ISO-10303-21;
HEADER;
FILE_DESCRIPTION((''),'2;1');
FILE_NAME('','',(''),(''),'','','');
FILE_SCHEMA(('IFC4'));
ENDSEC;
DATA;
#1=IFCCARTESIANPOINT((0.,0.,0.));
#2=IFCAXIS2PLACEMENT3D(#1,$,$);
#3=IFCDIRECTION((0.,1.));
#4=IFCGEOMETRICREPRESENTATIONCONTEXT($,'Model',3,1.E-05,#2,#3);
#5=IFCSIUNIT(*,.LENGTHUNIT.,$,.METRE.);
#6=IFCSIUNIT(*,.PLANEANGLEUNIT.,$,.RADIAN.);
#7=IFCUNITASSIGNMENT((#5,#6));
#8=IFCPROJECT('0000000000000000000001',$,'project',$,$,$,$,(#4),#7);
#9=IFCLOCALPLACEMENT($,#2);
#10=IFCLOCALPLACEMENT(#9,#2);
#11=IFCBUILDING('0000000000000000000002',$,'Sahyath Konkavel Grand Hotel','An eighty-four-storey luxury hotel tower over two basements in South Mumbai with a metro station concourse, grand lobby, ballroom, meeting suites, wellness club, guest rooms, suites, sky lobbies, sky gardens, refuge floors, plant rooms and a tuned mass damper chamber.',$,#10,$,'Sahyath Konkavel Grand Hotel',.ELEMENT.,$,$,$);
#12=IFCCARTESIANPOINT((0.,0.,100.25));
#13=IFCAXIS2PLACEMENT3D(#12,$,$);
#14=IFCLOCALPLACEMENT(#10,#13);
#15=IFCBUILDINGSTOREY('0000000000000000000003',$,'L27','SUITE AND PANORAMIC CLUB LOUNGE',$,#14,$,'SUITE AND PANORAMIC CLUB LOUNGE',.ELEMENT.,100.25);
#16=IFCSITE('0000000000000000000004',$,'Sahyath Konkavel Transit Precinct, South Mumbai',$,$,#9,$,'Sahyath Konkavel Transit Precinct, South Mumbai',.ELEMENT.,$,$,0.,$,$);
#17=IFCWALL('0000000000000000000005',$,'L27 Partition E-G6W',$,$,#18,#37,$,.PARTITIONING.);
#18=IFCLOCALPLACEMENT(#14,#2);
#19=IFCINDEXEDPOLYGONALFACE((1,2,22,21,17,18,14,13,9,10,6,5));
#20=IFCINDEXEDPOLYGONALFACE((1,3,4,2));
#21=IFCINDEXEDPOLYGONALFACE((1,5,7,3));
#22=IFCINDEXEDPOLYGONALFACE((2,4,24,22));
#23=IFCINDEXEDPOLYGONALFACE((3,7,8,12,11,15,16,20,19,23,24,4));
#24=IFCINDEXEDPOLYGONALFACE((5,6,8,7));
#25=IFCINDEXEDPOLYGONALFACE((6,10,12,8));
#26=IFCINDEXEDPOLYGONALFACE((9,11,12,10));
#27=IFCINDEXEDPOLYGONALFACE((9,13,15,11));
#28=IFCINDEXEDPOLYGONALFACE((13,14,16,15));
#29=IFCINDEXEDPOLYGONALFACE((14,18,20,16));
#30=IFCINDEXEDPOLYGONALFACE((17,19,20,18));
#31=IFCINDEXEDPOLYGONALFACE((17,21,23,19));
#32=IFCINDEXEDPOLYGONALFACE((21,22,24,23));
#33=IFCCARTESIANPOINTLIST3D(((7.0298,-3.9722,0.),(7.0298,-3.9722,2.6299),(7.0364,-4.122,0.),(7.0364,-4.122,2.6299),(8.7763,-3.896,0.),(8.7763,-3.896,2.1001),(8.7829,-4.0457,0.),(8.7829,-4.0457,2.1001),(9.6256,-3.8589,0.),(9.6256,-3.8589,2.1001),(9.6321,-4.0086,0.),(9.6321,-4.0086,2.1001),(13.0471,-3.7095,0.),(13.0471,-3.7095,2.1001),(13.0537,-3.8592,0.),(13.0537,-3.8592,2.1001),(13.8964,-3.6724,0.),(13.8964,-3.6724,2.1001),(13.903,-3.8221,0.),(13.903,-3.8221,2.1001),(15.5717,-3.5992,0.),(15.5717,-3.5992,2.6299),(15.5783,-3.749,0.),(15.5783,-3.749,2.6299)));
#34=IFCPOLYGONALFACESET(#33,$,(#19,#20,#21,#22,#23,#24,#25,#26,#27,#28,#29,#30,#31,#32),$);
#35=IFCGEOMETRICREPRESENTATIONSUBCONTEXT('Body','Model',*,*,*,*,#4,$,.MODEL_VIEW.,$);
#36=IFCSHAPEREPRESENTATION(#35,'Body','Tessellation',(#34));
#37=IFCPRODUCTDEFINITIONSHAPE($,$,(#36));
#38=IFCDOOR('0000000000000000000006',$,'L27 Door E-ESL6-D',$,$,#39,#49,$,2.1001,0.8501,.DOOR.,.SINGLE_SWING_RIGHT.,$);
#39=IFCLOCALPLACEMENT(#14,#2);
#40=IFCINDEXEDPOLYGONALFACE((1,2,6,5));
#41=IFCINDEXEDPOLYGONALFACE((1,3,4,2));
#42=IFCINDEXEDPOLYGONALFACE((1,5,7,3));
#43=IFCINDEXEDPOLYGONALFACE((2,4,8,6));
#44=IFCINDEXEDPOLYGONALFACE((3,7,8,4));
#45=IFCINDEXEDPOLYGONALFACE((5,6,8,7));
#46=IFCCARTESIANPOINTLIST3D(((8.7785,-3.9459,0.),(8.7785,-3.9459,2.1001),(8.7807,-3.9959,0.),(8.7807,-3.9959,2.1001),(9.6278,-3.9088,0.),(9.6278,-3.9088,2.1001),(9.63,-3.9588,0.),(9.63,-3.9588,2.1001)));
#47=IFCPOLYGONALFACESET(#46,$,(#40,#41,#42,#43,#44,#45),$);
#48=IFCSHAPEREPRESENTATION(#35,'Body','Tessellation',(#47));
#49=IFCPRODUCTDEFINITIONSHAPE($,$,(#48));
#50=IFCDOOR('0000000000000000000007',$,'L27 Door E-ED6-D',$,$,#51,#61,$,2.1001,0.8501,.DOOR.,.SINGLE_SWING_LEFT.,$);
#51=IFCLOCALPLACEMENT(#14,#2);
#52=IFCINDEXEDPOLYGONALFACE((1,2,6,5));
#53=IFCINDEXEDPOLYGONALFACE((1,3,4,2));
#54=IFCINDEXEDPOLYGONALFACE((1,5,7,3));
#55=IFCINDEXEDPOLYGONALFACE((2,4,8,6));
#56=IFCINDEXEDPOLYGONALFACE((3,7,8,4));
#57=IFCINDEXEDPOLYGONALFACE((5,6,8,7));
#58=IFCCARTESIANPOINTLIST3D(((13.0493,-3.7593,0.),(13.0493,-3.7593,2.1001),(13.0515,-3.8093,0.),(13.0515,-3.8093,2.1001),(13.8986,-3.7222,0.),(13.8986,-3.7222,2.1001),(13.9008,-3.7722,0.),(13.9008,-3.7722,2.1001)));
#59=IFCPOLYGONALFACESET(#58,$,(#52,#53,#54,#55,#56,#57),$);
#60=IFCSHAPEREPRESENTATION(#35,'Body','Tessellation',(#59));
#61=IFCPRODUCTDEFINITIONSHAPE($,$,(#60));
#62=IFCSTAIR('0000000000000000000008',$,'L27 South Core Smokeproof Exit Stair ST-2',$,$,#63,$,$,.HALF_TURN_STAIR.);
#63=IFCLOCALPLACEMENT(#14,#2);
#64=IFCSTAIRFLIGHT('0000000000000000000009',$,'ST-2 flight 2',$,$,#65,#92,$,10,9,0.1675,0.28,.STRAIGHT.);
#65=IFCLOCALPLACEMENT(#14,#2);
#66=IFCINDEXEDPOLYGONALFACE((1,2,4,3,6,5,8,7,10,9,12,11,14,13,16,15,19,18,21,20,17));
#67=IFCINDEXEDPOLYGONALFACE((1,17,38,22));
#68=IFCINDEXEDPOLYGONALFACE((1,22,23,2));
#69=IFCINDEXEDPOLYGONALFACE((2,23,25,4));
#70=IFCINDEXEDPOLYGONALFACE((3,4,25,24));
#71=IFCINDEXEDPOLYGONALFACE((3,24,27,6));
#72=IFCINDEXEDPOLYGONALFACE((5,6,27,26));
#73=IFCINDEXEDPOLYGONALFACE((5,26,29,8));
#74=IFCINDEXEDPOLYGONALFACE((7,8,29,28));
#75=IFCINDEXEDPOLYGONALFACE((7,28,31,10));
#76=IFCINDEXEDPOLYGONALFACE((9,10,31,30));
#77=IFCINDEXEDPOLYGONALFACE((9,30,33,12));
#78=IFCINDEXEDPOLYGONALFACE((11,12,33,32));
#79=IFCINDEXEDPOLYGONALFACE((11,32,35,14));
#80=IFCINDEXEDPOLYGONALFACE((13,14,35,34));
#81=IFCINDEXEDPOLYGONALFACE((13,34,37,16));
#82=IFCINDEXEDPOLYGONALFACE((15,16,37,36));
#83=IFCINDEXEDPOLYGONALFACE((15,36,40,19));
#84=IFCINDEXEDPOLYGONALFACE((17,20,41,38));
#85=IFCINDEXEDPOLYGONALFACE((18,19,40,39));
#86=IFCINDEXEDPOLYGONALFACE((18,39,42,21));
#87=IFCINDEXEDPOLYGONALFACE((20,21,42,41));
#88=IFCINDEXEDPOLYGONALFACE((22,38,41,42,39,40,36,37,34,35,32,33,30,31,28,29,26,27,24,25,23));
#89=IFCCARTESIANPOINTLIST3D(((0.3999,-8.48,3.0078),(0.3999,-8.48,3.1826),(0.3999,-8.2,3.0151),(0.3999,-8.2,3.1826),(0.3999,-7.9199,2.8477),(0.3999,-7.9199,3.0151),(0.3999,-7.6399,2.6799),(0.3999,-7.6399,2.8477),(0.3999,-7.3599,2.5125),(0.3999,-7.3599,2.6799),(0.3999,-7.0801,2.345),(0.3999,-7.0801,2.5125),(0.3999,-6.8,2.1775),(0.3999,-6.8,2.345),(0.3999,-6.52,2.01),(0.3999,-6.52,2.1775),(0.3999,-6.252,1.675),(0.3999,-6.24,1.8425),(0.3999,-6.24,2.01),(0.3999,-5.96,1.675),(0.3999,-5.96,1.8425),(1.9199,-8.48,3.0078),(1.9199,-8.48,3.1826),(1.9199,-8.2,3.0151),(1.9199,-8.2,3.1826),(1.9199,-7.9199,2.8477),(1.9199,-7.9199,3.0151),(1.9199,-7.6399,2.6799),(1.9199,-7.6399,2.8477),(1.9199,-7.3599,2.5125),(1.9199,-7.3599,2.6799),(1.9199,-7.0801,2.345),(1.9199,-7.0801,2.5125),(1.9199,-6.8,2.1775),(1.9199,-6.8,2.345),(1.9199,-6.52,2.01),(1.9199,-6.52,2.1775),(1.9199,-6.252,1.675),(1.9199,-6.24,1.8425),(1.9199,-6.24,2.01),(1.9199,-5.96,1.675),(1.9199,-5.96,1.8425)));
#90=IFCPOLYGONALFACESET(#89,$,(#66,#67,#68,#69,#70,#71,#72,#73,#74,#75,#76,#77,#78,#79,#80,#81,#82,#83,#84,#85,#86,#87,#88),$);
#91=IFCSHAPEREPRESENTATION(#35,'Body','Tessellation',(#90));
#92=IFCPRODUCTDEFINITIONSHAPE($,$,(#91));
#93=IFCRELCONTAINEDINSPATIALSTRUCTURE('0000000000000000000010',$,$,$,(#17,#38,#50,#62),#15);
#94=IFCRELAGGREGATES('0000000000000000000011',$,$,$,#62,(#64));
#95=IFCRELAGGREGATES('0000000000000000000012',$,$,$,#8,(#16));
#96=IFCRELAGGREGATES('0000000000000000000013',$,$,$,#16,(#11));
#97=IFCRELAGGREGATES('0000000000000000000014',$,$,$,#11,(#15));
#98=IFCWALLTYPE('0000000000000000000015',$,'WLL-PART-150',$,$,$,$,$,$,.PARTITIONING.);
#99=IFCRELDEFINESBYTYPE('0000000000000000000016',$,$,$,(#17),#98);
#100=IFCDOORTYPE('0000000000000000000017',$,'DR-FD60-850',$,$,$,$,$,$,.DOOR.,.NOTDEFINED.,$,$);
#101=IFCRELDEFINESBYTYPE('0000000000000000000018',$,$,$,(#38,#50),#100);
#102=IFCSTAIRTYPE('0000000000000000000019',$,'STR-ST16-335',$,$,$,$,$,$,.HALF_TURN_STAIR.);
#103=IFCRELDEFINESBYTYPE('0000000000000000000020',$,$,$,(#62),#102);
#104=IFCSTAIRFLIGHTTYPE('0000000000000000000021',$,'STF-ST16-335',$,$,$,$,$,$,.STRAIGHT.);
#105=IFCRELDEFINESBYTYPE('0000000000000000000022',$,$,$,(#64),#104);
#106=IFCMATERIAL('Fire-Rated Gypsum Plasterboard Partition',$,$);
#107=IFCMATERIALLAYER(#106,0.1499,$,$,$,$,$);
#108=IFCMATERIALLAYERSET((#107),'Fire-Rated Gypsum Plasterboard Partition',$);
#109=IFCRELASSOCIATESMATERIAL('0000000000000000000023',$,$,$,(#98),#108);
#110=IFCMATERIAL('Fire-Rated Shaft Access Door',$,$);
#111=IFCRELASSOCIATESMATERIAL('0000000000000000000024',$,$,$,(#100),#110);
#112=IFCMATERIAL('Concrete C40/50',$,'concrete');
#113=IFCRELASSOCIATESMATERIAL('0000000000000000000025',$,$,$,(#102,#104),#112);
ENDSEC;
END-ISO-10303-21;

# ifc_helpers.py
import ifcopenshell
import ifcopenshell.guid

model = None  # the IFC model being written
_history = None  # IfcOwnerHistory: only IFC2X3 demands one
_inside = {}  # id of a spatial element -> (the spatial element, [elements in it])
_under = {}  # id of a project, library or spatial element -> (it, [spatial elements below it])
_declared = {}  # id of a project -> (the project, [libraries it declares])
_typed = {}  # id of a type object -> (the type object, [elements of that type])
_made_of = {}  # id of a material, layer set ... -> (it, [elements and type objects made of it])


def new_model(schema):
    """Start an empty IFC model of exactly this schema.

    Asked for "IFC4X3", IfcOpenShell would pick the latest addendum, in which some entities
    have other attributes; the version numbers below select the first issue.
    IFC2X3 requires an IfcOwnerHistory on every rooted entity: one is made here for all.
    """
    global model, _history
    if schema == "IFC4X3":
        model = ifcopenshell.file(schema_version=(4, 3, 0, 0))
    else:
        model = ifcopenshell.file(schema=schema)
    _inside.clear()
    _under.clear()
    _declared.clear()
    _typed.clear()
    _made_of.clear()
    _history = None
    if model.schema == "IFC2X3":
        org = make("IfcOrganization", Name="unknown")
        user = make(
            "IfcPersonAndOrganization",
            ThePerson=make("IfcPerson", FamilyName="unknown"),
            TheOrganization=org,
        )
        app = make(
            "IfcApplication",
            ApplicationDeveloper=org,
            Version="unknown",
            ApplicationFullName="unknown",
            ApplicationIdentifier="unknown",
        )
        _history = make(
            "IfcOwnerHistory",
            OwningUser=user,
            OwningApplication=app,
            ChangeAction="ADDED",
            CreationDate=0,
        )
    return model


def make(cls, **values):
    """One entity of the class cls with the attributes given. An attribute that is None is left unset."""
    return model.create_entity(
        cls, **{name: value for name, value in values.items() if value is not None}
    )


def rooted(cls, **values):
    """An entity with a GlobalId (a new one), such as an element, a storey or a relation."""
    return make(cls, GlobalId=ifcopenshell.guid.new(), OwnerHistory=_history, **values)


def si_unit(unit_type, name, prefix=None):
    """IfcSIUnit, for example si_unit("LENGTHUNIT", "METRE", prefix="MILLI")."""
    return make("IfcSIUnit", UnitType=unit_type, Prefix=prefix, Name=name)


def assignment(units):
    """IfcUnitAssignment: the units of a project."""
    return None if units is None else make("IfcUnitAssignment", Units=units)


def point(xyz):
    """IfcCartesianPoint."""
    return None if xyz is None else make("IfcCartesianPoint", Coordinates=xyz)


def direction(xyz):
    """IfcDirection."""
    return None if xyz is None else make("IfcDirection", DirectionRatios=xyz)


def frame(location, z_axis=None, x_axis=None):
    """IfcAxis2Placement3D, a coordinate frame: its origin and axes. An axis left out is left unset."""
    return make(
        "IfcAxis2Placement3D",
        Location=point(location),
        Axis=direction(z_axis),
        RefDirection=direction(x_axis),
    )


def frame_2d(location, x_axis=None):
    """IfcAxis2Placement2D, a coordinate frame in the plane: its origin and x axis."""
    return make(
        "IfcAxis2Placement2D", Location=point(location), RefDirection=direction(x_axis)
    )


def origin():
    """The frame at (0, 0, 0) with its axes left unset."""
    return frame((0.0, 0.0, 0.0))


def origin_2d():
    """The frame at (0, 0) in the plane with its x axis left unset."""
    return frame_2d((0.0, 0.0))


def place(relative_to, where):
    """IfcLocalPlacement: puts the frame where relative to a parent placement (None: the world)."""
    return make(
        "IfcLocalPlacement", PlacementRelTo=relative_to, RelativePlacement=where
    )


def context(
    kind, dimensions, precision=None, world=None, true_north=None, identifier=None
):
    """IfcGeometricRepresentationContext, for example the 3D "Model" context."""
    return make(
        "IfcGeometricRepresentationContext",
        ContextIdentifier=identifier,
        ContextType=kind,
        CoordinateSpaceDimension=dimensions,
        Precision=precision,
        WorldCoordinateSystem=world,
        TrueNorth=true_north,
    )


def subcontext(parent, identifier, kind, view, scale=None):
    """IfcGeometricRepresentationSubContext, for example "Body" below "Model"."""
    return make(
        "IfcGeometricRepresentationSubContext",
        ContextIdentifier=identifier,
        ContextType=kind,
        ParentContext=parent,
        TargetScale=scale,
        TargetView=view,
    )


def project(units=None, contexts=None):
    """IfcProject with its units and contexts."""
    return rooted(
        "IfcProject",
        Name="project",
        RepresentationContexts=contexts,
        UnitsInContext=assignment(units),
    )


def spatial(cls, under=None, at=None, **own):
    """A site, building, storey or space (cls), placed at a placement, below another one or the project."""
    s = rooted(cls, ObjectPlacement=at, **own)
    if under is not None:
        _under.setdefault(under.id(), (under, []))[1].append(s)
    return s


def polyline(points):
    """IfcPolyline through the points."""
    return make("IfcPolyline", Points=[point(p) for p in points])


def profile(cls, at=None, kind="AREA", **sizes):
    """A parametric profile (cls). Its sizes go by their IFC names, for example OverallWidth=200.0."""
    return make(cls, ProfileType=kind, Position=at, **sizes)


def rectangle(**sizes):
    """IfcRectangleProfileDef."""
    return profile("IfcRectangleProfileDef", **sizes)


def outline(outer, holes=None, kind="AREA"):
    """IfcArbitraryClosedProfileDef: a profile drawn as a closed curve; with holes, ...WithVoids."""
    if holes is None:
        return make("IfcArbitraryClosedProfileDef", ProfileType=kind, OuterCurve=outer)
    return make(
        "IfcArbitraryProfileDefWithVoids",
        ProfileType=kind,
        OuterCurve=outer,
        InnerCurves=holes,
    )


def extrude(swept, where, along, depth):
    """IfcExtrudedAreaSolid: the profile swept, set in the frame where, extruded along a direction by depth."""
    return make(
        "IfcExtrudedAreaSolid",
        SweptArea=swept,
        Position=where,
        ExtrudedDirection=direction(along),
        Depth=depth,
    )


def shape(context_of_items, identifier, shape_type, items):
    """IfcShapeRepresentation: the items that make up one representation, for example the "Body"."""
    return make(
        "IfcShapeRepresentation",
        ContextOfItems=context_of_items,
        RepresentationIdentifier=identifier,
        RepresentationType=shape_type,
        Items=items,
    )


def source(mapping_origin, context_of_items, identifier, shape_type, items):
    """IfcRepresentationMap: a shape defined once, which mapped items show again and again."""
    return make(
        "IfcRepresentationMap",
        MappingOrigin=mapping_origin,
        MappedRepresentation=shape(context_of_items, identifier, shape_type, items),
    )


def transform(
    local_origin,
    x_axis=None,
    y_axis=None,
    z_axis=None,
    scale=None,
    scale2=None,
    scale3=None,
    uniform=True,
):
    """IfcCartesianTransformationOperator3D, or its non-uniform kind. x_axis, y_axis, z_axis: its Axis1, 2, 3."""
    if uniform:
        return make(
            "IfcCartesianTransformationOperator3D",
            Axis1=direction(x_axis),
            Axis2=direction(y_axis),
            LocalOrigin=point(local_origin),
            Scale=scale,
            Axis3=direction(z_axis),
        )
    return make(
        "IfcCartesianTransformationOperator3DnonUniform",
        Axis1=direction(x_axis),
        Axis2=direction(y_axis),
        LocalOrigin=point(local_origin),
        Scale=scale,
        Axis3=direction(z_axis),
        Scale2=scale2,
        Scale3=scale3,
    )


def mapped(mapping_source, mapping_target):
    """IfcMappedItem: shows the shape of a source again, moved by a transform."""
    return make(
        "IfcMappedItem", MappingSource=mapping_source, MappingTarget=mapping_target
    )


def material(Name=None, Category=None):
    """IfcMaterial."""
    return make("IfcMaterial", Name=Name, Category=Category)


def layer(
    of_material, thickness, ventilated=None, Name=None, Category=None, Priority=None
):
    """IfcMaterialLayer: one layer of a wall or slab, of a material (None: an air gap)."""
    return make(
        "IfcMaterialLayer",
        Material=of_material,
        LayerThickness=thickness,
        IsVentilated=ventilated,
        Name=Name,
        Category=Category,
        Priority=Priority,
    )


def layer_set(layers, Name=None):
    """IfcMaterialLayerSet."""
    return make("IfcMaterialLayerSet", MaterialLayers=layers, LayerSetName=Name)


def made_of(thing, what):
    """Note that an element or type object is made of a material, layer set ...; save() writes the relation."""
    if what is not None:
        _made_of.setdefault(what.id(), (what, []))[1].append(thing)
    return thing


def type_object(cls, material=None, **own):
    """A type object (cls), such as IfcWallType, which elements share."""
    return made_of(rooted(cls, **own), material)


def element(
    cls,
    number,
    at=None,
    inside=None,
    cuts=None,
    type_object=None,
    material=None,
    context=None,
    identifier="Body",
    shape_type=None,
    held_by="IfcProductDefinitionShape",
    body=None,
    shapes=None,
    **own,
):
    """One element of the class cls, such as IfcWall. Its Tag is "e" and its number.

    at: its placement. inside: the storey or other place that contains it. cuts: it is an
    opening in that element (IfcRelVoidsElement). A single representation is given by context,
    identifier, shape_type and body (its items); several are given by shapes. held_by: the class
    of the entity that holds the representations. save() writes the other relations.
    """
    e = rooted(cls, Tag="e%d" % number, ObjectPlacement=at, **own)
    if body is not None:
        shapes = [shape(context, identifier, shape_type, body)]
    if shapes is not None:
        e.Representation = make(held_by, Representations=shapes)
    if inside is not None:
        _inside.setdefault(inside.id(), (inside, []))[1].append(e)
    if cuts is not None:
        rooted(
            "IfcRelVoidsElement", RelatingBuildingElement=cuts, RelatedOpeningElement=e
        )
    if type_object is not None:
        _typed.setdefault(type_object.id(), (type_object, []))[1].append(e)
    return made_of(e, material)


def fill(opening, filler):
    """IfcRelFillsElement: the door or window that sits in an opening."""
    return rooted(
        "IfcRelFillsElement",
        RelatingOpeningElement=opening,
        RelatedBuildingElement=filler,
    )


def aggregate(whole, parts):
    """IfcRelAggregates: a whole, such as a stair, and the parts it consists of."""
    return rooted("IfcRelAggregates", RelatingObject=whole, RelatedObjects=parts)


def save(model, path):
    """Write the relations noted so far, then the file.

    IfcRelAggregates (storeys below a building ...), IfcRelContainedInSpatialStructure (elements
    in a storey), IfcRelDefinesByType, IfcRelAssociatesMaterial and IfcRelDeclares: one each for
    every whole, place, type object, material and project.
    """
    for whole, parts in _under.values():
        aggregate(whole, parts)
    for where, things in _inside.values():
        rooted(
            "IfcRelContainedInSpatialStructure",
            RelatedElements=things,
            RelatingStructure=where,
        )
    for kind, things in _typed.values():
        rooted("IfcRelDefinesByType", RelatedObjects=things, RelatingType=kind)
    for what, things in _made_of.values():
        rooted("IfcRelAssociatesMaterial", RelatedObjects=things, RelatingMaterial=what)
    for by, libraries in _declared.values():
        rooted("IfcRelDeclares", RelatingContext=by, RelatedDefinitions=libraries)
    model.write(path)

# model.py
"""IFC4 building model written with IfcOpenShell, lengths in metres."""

from ifc_helpers import new_model, si_unit, direction, frame, frame_2d, origin, origin_2d, place, context, subcontext, project, spatial, polyline, rectangle, outline, extrude, source, transform, mapped, material, layer, layer_set, type_object, element, fill, aggregate, save


model = new_model("IFC4")

# Units and contexts
model_context = context("Model", 3, precision=1e-05, world=origin(), true_north=direction((0.0, 1.0)))
body_context = subcontext(model_context, "Body", "Model", "MODEL_VIEW")
ifc_project = project(units=[si_unit("LENGTHUNIT", "METRE"), si_unit("PLANEANGLEUNIT", "RADIAN")], contexts=[model_context])

# Site, building, storey
site_placement = place(None, origin())
site = spatial("IfcSite", under=ifc_project, at=site_placement, Name="Sahyath Konkavel Transit Precinct, South Mumbai", LongName="Sahyath Konkavel Transit Precinct, South Mumbai", CompositionType="ELEMENT", RefElevation=0.0)
building_placement = place(site_placement, origin())
building = spatial("IfcBuilding", under=site, at=building_placement, Name="Sahyath Konkavel Grand Hotel", Description="An eighty-four-storey luxury hotel tower over two basements in South Mumbai with a metro station concourse, grand lobby, ballroom, meeting suites, wellness club, guest rooms, suites, sky lobbies, sky gardens, refuge floors, plant rooms and a tuned mass damper chamber.", LongName="Sahyath Konkavel Grand Hotel", CompositionType="ELEMENT")
storey_placement = place(building_placement, frame((0.0, 0.0, 100.25)))
storey = spatial("IfcBuildingStorey", under=building, at=storey_placement, Name="L27", Description="SUITE AND PANORAMIC CLUB LOUNGE", LongName="SUITE AND PANORAMIC CLUB LOUNGE", CompositionType="ELEMENT", Elevation=100.25)

# Shared definitions
ifc_material_1 = material(Name="Concrete C40/50", Category="concrete")

# Shared definitions
ifc_material_2 = material(Name="Fire-Rated Gypsum Plasterboard Partition")
ifc_layer_1 = layer(ifc_material_2, 0.1499)
ifc_layer_set_1 = layer_set([ifc_layer_1], Name="Fire-Rated Gypsum Plasterboard Partition")
wall_type_1 = type_object("IfcWallType", Name="WLL-PART-150", PredefinedType="PARTITIONING", material=ifc_layer_set_1)
ifc_material_3 = material(Name="Fire-Rated Shaft Access Door")
door_type_1 = type_object("IfcDoorType", Name="DR-FD60-850", OperationType="NOTDEFINED", PredefinedType="DOOR", material=ifc_material_3)
shared_shape_1 = source(origin(), body_context, "Body", "SweptSolid", [
    extrude(rectangle(XDim=0.8501, YDim=0.05, at=origin_2d()), origin(), (0.0, 0.0, 1.0), 2.1001),
])

# Wall, openings, doors
wall_1_placement = place(storey_placement, frame((7.0332, -4.0471, 0.0), z_axis=(0.0, 0.0, 1.0), x_axis=(0.999048, 0.043631, 0.0)))
wall_1 = element("IfcWall", 1, at=wall_1_placement, inside=storey, type_object=wall_type_1, Name="L27 Partition E-G6W", PredefinedType="PARTITIONING", context=body_context, shape_type="SweptSolid", body=[
    extrude(rectangle(XDim=8.55, YDim=0.1499, at=frame_2d((4.2749, 0.0))), origin(), (0.0, 0.0, 1.0), 2.6299),
])
opening_1_placement = place(wall_1_placement, frame((1.748, 0.0, 0.0)))
opening_1 = element("IfcOpeningElement", 2, at=opening_1_placement, cuts=wall_1, PredefinedType="OPENING", context=body_context, shape_type="SweptSolid", body=[
    extrude(rectangle(XDim=0.8501, YDim=2.1001, at=frame_2d((0.425, 1.05))), frame((0.0, 0.085, 0.0), z_axis=(0.0, -1.0, 0.0), x_axis=(1.0, 0.0, 0.0)), (0.0, 0.0, 1.0), 0.1699),
])
opening_2_placement = place(wall_1_placement, frame((6.0229, 0.0, 0.0)))
opening_2 = element("IfcOpeningElement", 3, at=opening_2_placement, cuts=wall_1, PredefinedType="OPENING", context=body_context, shape_type="SweptSolid", body=[
    extrude(rectangle(XDim=0.8501, YDim=2.1001, at=frame_2d((0.425, 1.05))), frame((0.0, 0.085, 0.0), z_axis=(0.0, -1.0, 0.0), x_axis=(1.0, 0.0, 0.0)), (0.0, 0.0, 1.0), 0.1699),
])
door_1_placement = place(opening_1_placement, frame((0.425, 0.0, 0.0)))
door_1 = element("IfcDoor", 4, at=door_1_placement, inside=storey, type_object=door_type_1, Name="L27 Door E-ESL6-D", OperationType="SINGLE_SWING_RIGHT", OverallHeight=2.1001, OverallWidth=0.8501, PredefinedType="DOOR", context=body_context, shape_type="MappedRepresentation", body=[
    mapped(shared_shape_1, transform((0.0, 0.0, 0.0), scale=1.0)),
])
fill(opening_1, door_1)
door_2_placement = place(opening_2_placement, frame((0.425, 0.0, 0.0)))
door_2 = element("IfcDoor", 5, at=door_2_placement, inside=storey, type_object=door_type_1, Name="L27 Door E-ED6-D", OperationType="SINGLE_SWING_LEFT", OverallHeight=2.1001, OverallWidth=0.8501, PredefinedType="DOOR", context=body_context, shape_type="MappedRepresentation", body=[
    mapped(shared_shape_1, transform((0.0, 0.0, 0.0), scale=1.0)),
])
fill(opening_2, door_2)

# Stair, stair flight
stair_type = type_object("IfcStairType", Name="STR-ST16-335", PredefinedType="HALF_TURN_STAIR", material=ifc_material_1)
stair_placement = place(storey_placement, origin())
stair = element("IfcStair", 6, at=stair_placement, inside=storey, type_object=stair_type, Name="L27 South Core Smokeproof Exit Stair ST-2", PredefinedType="HALF_TURN_STAIR")
stair_flight_type = type_object("IfcStairFlightType", Name="STF-ST16-335", PredefinedType="STRAIGHT", material=ifc_material_1)
stair_flight_placement = place(storey_placement, frame((1.1599, -5.96, 1.675), z_axis=(0.0, 0.0, 1.0), x_axis=(0.0, -1.0, 0.0)))
stair_flight = element("IfcStairFlight", 7, at=stair_flight_placement, type_object=stair_flight_type, Name="ST-2 flight 2", NumberOfRisers=10, NumberOfTreads=9, PredefinedType="STRAIGHT", RiserHeight=0.1675, TreadLength=0.28, context=body_context, shape_type="SweptSolid", body=[
    extrude(outline(polyline([(0.0, 0.0), (0.0, 0.1675), (0.28, 0.1675), (0.28, 0.335), (0.5601, 0.335), (0.5601, 0.5024), (0.8401, 0.5024), (0.8401, 0.6699), (1.1201, 0.6699), (1.1201, 0.8374), (1.3999, 0.8374), (1.3999, 1.0049), (1.6799, 1.0049), (1.6799, 1.1726), (1.96, 1.1726), (1.96, 1.3401), (2.24, 1.3401), (2.24, 1.5076), (2.52, 1.5076), (2.52, 1.675), (2.52, 1.3328), (0.292, 0.0), (0.0, 0.0)])), frame((0.0, 0.76, 0.0), z_axis=(0.0, -1.0, 0.0), x_axis=(1.0, 0.0, 0.0)), (0.0, 0.0, 1.0), 1.52),
])
aggregate(stair, [stair_flight])

save(model, "model.ifc")
